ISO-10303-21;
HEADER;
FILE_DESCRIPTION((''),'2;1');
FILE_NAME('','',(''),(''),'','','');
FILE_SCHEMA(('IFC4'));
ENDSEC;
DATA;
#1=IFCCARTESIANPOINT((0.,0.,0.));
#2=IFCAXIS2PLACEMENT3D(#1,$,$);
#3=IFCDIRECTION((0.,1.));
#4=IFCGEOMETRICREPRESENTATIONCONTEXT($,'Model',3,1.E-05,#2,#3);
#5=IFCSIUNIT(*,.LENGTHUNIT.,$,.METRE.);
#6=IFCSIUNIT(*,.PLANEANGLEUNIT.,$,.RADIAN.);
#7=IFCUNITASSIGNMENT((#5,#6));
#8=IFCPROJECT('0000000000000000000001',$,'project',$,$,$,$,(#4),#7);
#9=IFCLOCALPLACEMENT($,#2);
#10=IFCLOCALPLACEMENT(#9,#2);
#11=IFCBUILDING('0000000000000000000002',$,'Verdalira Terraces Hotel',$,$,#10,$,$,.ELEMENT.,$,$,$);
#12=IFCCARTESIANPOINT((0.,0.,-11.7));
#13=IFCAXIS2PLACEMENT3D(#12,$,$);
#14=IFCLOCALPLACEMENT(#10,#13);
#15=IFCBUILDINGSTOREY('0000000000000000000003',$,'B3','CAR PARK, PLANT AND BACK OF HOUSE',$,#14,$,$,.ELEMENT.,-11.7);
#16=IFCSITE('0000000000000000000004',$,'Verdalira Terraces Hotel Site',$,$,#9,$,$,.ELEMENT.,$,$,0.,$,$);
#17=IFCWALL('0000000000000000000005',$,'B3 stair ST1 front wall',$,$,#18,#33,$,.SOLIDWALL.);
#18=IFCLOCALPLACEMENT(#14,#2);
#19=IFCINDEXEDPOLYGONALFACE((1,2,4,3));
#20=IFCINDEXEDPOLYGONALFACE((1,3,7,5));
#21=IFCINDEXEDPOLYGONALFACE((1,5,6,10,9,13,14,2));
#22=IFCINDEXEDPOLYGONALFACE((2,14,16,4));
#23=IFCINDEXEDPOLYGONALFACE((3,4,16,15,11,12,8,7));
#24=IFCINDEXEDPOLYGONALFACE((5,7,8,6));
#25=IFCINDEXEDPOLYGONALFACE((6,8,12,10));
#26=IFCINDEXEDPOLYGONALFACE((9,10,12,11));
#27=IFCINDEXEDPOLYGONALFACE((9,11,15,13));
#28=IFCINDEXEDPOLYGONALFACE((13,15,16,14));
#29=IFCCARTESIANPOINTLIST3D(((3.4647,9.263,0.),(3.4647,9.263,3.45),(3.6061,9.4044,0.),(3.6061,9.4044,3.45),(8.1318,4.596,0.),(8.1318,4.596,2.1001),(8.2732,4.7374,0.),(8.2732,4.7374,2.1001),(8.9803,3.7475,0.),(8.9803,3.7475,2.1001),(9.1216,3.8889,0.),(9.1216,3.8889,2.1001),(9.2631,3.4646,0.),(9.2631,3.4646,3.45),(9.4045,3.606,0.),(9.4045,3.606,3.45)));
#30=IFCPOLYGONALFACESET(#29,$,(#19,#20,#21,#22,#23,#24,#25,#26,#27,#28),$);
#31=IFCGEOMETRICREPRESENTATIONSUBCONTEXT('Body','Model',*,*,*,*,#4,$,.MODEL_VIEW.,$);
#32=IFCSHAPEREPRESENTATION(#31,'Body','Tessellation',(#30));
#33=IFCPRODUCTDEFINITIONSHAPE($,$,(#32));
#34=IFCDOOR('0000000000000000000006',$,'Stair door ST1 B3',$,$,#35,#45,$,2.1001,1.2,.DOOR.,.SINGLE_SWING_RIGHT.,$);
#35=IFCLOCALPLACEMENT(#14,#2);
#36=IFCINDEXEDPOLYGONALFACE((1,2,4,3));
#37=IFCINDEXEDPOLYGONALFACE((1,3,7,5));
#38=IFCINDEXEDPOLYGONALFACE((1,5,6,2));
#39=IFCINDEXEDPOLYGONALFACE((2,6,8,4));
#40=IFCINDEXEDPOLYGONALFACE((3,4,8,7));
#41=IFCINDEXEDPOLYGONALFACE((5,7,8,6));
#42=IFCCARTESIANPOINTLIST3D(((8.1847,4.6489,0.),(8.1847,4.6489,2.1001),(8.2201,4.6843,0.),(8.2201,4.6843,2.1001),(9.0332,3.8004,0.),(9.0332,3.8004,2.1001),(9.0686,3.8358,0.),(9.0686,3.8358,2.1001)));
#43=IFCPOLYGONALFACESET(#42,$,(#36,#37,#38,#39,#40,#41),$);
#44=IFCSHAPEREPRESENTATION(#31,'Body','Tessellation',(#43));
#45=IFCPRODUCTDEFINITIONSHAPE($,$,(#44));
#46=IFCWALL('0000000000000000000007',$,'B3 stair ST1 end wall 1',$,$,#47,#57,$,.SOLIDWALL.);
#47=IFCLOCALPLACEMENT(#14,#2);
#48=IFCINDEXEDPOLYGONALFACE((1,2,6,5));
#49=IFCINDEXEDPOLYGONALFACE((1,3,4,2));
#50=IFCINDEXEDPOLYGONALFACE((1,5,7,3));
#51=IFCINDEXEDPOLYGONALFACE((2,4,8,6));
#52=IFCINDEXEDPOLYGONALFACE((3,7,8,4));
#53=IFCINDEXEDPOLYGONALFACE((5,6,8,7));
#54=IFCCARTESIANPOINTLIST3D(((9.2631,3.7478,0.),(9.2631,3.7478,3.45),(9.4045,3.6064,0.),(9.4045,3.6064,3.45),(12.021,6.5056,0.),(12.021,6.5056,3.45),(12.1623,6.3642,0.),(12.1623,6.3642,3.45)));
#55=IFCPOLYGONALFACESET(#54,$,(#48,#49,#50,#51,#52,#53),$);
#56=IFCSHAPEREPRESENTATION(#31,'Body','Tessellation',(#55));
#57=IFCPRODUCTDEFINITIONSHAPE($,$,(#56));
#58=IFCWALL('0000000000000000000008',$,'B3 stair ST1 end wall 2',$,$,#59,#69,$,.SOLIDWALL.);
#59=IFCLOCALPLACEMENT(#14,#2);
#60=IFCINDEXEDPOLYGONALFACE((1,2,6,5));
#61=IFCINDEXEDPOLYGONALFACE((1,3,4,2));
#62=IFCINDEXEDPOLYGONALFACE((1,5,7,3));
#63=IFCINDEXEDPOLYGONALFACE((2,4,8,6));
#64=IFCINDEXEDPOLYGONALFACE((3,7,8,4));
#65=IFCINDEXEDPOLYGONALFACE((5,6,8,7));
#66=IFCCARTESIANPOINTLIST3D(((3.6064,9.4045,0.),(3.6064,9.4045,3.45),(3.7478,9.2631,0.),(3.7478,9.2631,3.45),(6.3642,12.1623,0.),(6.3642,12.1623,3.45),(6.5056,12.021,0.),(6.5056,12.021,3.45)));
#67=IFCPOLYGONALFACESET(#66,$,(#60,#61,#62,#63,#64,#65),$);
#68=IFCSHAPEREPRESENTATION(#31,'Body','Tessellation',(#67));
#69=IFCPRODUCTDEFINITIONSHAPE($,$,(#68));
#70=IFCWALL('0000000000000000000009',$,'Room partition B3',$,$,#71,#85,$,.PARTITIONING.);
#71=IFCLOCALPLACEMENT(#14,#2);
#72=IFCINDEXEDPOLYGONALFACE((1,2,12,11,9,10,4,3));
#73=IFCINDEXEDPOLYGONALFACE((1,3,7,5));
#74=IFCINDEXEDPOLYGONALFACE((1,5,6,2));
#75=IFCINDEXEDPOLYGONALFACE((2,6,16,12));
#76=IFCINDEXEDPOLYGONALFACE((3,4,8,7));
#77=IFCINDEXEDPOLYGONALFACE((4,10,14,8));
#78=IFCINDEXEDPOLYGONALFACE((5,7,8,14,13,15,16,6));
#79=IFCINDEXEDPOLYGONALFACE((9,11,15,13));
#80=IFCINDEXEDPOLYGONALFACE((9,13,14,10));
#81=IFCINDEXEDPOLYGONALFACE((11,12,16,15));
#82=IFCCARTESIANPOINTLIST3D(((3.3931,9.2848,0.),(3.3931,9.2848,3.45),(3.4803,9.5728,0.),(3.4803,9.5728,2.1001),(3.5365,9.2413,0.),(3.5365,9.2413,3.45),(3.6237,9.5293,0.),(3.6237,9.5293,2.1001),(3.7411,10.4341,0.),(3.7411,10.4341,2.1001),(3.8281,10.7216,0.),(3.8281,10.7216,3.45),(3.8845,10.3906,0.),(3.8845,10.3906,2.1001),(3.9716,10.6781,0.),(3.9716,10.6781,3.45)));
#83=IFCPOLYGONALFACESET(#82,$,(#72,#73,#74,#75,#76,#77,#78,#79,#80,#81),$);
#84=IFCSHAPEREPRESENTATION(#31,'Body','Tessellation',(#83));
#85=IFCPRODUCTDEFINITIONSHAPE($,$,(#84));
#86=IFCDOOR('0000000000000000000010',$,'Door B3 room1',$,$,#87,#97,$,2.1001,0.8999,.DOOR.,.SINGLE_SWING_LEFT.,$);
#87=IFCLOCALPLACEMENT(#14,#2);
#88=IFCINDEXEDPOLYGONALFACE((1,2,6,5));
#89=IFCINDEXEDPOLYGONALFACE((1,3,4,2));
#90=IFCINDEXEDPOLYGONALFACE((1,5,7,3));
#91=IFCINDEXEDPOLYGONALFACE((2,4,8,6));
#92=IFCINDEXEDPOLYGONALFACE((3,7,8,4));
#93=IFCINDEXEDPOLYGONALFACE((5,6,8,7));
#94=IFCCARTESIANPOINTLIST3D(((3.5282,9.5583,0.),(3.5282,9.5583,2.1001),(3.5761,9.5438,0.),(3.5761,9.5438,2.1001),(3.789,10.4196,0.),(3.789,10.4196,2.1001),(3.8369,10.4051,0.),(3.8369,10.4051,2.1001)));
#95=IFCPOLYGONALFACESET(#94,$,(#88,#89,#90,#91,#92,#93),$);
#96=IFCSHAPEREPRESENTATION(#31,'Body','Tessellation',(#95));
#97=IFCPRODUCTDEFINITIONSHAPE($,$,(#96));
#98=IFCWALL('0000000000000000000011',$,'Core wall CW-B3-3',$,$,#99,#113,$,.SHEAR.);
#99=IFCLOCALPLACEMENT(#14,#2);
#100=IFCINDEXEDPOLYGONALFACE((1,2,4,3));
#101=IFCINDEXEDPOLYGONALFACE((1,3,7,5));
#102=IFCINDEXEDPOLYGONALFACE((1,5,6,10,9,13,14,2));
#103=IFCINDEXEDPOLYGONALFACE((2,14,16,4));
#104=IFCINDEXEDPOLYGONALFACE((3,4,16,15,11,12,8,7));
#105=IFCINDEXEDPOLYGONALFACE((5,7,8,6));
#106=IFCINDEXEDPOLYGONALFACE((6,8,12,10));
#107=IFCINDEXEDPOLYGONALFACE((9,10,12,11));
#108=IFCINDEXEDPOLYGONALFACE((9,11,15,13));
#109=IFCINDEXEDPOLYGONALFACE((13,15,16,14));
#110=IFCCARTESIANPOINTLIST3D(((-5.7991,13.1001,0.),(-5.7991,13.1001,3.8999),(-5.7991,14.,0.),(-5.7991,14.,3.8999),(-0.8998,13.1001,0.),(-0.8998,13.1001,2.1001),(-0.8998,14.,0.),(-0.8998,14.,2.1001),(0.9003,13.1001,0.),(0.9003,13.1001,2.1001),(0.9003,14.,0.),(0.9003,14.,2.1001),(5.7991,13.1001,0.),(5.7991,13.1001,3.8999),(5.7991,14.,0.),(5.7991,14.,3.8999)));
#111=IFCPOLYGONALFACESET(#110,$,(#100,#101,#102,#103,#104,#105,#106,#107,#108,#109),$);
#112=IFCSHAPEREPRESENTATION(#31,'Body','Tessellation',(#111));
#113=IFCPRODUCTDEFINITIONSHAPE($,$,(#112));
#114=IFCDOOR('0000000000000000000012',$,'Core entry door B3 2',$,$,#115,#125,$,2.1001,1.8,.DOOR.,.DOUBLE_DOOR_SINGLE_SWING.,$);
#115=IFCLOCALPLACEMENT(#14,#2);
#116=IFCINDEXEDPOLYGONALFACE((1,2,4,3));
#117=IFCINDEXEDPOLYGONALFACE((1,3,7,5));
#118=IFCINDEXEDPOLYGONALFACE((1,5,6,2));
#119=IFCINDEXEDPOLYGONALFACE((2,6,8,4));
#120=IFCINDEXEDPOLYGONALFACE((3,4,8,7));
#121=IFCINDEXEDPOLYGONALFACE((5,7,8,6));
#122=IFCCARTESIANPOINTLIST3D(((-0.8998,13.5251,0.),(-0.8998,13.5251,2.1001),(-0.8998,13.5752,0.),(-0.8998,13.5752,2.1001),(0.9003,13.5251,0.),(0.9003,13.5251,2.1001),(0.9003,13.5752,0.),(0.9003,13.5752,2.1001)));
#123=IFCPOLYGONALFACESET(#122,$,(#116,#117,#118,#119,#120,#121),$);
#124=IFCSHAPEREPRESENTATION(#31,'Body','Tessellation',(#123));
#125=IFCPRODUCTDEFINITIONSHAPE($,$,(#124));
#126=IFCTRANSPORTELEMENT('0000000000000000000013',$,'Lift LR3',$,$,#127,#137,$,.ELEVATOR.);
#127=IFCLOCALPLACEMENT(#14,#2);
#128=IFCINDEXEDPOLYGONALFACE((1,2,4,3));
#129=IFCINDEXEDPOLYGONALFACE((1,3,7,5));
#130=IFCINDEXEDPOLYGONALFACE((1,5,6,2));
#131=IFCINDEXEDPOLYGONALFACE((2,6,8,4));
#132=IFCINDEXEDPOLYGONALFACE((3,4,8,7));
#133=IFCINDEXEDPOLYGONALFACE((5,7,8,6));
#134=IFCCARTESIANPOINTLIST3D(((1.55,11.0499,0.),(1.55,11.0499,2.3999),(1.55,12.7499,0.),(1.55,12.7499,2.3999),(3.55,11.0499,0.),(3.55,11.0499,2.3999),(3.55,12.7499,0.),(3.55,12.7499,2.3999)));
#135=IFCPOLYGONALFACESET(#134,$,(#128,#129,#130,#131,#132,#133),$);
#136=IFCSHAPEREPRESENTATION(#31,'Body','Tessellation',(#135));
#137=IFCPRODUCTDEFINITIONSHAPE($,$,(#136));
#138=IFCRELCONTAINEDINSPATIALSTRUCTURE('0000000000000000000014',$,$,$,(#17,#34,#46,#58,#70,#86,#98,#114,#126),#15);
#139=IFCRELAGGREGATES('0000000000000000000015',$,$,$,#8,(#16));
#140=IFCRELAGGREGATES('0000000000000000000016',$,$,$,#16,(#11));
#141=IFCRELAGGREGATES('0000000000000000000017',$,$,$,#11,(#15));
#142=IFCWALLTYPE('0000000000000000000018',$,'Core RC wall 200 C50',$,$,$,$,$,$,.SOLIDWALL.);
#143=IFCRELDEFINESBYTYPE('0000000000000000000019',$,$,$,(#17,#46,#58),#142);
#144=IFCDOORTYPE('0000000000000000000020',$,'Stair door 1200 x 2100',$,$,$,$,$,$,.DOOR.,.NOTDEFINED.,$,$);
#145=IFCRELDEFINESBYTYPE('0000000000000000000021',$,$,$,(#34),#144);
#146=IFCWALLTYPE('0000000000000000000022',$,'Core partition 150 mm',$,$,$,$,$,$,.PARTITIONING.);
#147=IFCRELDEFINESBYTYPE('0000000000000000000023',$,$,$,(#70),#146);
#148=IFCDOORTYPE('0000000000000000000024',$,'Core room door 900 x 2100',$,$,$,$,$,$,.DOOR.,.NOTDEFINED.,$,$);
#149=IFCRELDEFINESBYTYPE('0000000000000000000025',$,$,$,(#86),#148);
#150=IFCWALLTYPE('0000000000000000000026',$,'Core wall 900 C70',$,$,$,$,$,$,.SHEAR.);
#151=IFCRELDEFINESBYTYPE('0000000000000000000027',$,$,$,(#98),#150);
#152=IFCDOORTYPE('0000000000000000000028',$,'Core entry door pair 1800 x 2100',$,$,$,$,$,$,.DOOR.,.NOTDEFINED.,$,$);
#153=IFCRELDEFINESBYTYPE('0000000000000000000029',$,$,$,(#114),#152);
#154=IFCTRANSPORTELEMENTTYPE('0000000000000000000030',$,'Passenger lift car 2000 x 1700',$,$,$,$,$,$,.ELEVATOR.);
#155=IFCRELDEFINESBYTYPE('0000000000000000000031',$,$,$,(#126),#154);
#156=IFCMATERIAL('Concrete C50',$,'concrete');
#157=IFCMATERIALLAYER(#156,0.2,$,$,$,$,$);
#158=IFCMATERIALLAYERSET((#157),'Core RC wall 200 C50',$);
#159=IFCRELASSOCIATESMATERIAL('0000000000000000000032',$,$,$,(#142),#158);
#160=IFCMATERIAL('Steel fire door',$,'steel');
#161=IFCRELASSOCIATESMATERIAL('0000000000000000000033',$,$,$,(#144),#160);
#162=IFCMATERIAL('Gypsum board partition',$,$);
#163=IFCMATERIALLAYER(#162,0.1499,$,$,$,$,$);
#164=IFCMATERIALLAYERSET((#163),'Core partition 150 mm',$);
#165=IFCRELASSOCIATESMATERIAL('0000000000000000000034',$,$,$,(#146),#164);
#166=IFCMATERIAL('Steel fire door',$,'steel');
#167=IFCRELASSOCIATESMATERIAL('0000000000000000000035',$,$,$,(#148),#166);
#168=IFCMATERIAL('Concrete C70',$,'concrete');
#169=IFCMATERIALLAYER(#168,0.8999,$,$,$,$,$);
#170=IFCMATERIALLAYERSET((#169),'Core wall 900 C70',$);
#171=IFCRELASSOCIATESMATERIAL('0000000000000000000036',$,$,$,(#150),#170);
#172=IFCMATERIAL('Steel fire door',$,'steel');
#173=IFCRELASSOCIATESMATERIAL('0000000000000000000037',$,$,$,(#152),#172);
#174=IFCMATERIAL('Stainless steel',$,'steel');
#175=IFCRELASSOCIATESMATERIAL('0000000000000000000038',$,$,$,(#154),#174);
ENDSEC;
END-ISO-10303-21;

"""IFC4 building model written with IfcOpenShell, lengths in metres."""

from ifc_helpers import new_model, si_unit, direction, frame, frame_2d, origin, origin_2d, place, context, subcontext, project, spatial, rectangle, extrude, material, layer, layer_set, type_object, element, fill, save


model = new_model("IFC4")

# Units and contexts
model_context = context("Model", 3, precision=1e-05, world=origin(), true_north=direction((0.0, 1.0)))
body_context = subcontext(model_context, "Body", "Model", "MODEL_VIEW")
ifc_project = project(units=[si_unit("LENGTHUNIT", "METRE"), si_unit("PLANEANGLEUNIT", "RADIAN")], contexts=[model_context])

# Site, building, storey
site_placement = place(None, origin())
site = spatial("IfcSite", under=ifc_project, at=site_placement, Name="Verdalira Terraces Hotel Site", CompositionType="ELEMENT", RefElevation=0.0)
building_placement = place(site_placement, origin())
building = spatial("IfcBuilding", under=site, at=building_placement, Name="Verdalira Terraces Hotel", CompositionType="ELEMENT")
storey_placement = place(building_placement, frame((0.0, 0.0, -11.7)))
storey = spatial("IfcBuildingStorey", under=building, at=storey_placement, Name="B3", Description="CAR PARK, PLANT AND BACK OF HOUSE", CompositionType="ELEMENT", Elevation=-11.7)

# Wall, opening, door
ifc_material_1 = material(Name="Concrete C50", Category="concrete")
ifc_layer_1 = layer(ifc_material_1, 0.2)
ifc_layer_set_1 = layer_set([ifc_layer_1], Name="Core RC wall 200 C50")
wall_type_1 = type_object("IfcWallType", Name="Core RC wall 200 C50", PredefinedType="SOLIDWALL", material=ifc_layer_set_1)
wall_1_placement = place(storey_placement, frame((3.5354, 9.3337, 0.0), z_axis=(0.0, 0.0, 1.0), x_axis=(0.707107, -0.707107, 0.0)))
wall_1 = element("IfcWall", 1, at=wall_1_placement, inside=storey, type_object=wall_type_1, Name="B3 stair ST1 front wall", PredefinedType="SOLIDWALL", context=body_context, shape_type="SweptSolid", body=[
    extrude(rectangle(XDim=8.2002, YDim=0.2, at=frame_2d((4.1001, 0.0))), origin(), (0.0, 0.0, 1.0), 3.45),
])
opening_1_placement = place(wall_1_placement, frame((6.6001, 0.0, 0.0)))
opening_1 = element("IfcOpeningElement", 2, at=opening_1_placement, cuts=wall_1, PredefinedType="OPENING", context=body_context, shape_type="SweptSolid", body=[
    extrude(rectangle(XDim=1.2, YDim=2.1001, at=frame_2d((0.6001, 1.05))), frame((0.0, 0.1099, 0.0), z_axis=(0.0, -1.0, 0.0), x_axis=(1.0, 0.0, 0.0)), (0.0, 0.0, 1.0), 0.22),
])
ifc_material_2 = material(Name="Steel fire door", Category="steel")
door_type_1 = type_object("IfcDoorType", Name="Stair door 1200 x 2100", OperationType="NOTDEFINED", PredefinedType="DOOR", material=ifc_material_2)
door_1_placement = place(opening_1_placement, origin())
door_1 = element("IfcDoor", 3, at=door_1_placement, inside=storey, type_object=door_type_1, Name="Stair door ST1 B3", OperationType="SINGLE_SWING_RIGHT", OverallHeight=2.1001, OverallWidth=1.2, PredefinedType="DOOR", context=body_context, shape_type="SweptSolid", body=[
    extrude(rectangle(XDim=1.2, YDim=2.1001, at=frame_2d((0.6001, 1.05))), frame((0.0, 0.0249, 0.0), z_axis=(0.0, -1.0, 0.0), x_axis=(1.0, 0.0, 0.0)), (0.0, 0.0, 1.0), 0.05),
])
fill(opening_1, door_1)

# Walls
for number, where, z_axis, x_axis, name in (
    (4, (9.3337, 3.677, 0.0), (0.0, 0.0, 1.0), (0.707107, 0.707107, 0.0), "B3 stair ST1 end wall 1"),
    (5, (3.677, 9.3337, 0.0), (0.0, 0.0, 1.0), (0.707107, 0.707107, 0.0), "B3 stair ST1 end wall 2"),
):
    element("IfcWall", number, at=place(storey_placement, frame(where, z_axis=z_axis, x_axis=x_axis)), inside=storey, type_object=wall_type_1, Name=name, PredefinedType="SOLIDWALL", context=body_context, shape_type="SweptSolid", body=[
        extrude(rectangle(XDim=3.9001, YDim=0.2, at=frame_2d((1.9502, 0.0))), origin(), (0.0, 0.0, 1.0), 3.45),
    ])

# Walls, openings, doors
ifc_material_3 = material(Name="Gypsum board partition")
ifc_layer_2 = layer(ifc_material_3, 0.1499)
ifc_layer_set_2 = layer_set([ifc_layer_2], Name="Core partition 150 mm")
wall_type_2 = type_object("IfcWallType", Name="Core partition 150 mm", PredefinedType="PARTITIONING", material=ifc_layer_set_2)
wall_2_placement = place(storey_placement, frame((3.4648, 9.2632, 0.0), z_axis=(0.0, 0.0, 1.0), x_axis=(0.289809, 0.957085, 0.0)))
wall_2 = element("IfcWall", 6, at=wall_2_placement, inside=storey, type_object=wall_type_2, Name="Room partition B3", PredefinedType="PARTITIONING", context=body_context, shape_type="SweptSolid", body=[
    extrude(rectangle(XDim=1.5012, YDim=0.1499, at=frame_2d((0.7505, 0.0))), origin(), (0.0, 0.0, 1.0), 3.45),
])
opening_2_placement = place(wall_2_placement, frame((0.3008, 0.0, 0.0)))
opening_2 = element("IfcOpeningElement", 7, at=opening_2_placement, cuts=wall_2, PredefinedType="OPENING", context=body_context, shape_type="SweptSolid", body=[
    extrude(rectangle(XDim=0.8999, YDim=2.1001, at=frame_2d((0.45, 1.05))), frame((0.0, 0.085, 0.0), z_axis=(0.0, -1.0, 0.0), x_axis=(1.0, 0.0, 0.0)), (0.0, 0.0, 1.0), 0.1699),
])
ifc_material_4 = material(Name="Steel fire door", Category="steel")
door_type_2 = type_object("IfcDoorType", Name="Core room door 900 x 2100", OperationType="NOTDEFINED", PredefinedType="DOOR", material=ifc_material_4)
door_2_placement = place(opening_2_placement, origin())
door_2 = element("IfcDoor", 8, at=door_2_placement, inside=storey, type_object=door_type_2, Name="Door B3 room1", OperationType="SINGLE_SWING_LEFT", OverallHeight=2.1001, OverallWidth=0.8999, PredefinedType="DOOR", context=body_context, shape_type="SweptSolid", body=[
    extrude(rectangle(XDim=0.8999, YDim=2.1001, at=frame_2d((0.45, 1.05))), frame((0.0, 0.0249, 0.0), z_axis=(0.0, -1.0, 0.0), x_axis=(1.0, 0.0, 0.0)), (0.0, 0.0, 1.0), 0.05),
])
fill(opening_2, door_2)
ifc_material_5 = material(Name="Concrete C70", Category="concrete")
ifc_layer_3 = layer(ifc_material_5, 0.8999)
ifc_layer_set_3 = layer_set([ifc_layer_3], Name="Core wall 900 C70")
wall_type_3 = type_object("IfcWallType", Name="Core wall 900 C70", PredefinedType="SHEAR", material=ifc_layer_set_3)
wall_3_placement = place(storey_placement, frame((5.7991, 13.55, 0.0), z_axis=(0.0, 0.0, 1.0), x_axis=(-1.0, 0.0, 0.0)))
wall_3 = element("IfcWall", 9, at=wall_3_placement, inside=storey, type_object=wall_type_3, Name="Core wall CW-B3-3", PredefinedType="SHEAR", context=body_context, shape_type="SweptSolid", body=[
    extrude(rectangle(XDim=11.5981, YDim=0.8999, at=frame_2d((5.7991, 0.0))), origin(), (0.0, 0.0, 1.0), 3.8999),
])
opening_3_placement = place(wall_3_placement, frame((4.8989, 0.0, 0.0)))
opening_3 = element("IfcOpeningElement", 10, at=opening_3_placement, cuts=wall_3, PredefinedType="OPENING", context=body_context, shape_type="SweptSolid", body=[
    extrude(rectangle(XDim=1.8, YDim=2.1001, at=frame_2d((0.8999, 1.05))), frame((0.0, 0.46, 0.0), z_axis=(0.0, -1.0, 0.0), x_axis=(1.0, 0.0, 0.0)), (0.0, 0.0, 1.0), 0.9199),
])
ifc_material_6 = material(Name="Steel fire door", Category="steel")
door_type_3 = type_object("IfcDoorType", Name="Core entry door pair 1800 x 2100", OperationType="NOTDEFINED", PredefinedType="DOOR", material=ifc_material_6)
door_3_placement = place(opening_3_placement, origin())
door_3 = element("IfcDoor", 11, at=door_3_placement, inside=storey, type_object=door_type_3, Name="Core entry door B3 2", OperationType="DOUBLE_DOOR_SINGLE_SWING", OverallHeight=2.1001, OverallWidth=1.8, PredefinedType="DOOR", context=body_context, shape_type="SweptSolid", body=[
    extrude(rectangle(XDim=1.8, YDim=2.1001, at=frame_2d((0.8999, 1.05))), frame((0.0, 0.0249, 0.0), z_axis=(0.0, -1.0, 0.0), x_axis=(1.0, 0.0, 0.0)), (0.0, 0.0, 1.0), 0.05),
])
fill(opening_3, door_3)

# Transport element
ifc_material_7 = material(Name="Stainless steel", Category="steel")
transport_element_type = type_object("IfcTransportElementType", Name="Passenger lift car 2000 x 1700", PredefinedType="ELEVATOR", material=ifc_material_7)
transport_element_placement = place(storey_placement, frame((2.55, 11.8999, 0.0), z_axis=(0.0, 0.0, 1.0), x_axis=(-1.0, 0.0, 0.0)))
element("IfcTransportElement", 12, at=transport_element_placement, inside=storey, type_object=transport_element_type, Name="Lift LR3", PredefinedType="ELEVATOR", context=body_context, shape_type="SweptSolid", body=[
    extrude(rectangle(XDim=2.0, YDim=1.7, at=origin_2d()), origin(), (0.0, 0.0, 1.0), 2.3999),
])

save(model, "model.ifc")
